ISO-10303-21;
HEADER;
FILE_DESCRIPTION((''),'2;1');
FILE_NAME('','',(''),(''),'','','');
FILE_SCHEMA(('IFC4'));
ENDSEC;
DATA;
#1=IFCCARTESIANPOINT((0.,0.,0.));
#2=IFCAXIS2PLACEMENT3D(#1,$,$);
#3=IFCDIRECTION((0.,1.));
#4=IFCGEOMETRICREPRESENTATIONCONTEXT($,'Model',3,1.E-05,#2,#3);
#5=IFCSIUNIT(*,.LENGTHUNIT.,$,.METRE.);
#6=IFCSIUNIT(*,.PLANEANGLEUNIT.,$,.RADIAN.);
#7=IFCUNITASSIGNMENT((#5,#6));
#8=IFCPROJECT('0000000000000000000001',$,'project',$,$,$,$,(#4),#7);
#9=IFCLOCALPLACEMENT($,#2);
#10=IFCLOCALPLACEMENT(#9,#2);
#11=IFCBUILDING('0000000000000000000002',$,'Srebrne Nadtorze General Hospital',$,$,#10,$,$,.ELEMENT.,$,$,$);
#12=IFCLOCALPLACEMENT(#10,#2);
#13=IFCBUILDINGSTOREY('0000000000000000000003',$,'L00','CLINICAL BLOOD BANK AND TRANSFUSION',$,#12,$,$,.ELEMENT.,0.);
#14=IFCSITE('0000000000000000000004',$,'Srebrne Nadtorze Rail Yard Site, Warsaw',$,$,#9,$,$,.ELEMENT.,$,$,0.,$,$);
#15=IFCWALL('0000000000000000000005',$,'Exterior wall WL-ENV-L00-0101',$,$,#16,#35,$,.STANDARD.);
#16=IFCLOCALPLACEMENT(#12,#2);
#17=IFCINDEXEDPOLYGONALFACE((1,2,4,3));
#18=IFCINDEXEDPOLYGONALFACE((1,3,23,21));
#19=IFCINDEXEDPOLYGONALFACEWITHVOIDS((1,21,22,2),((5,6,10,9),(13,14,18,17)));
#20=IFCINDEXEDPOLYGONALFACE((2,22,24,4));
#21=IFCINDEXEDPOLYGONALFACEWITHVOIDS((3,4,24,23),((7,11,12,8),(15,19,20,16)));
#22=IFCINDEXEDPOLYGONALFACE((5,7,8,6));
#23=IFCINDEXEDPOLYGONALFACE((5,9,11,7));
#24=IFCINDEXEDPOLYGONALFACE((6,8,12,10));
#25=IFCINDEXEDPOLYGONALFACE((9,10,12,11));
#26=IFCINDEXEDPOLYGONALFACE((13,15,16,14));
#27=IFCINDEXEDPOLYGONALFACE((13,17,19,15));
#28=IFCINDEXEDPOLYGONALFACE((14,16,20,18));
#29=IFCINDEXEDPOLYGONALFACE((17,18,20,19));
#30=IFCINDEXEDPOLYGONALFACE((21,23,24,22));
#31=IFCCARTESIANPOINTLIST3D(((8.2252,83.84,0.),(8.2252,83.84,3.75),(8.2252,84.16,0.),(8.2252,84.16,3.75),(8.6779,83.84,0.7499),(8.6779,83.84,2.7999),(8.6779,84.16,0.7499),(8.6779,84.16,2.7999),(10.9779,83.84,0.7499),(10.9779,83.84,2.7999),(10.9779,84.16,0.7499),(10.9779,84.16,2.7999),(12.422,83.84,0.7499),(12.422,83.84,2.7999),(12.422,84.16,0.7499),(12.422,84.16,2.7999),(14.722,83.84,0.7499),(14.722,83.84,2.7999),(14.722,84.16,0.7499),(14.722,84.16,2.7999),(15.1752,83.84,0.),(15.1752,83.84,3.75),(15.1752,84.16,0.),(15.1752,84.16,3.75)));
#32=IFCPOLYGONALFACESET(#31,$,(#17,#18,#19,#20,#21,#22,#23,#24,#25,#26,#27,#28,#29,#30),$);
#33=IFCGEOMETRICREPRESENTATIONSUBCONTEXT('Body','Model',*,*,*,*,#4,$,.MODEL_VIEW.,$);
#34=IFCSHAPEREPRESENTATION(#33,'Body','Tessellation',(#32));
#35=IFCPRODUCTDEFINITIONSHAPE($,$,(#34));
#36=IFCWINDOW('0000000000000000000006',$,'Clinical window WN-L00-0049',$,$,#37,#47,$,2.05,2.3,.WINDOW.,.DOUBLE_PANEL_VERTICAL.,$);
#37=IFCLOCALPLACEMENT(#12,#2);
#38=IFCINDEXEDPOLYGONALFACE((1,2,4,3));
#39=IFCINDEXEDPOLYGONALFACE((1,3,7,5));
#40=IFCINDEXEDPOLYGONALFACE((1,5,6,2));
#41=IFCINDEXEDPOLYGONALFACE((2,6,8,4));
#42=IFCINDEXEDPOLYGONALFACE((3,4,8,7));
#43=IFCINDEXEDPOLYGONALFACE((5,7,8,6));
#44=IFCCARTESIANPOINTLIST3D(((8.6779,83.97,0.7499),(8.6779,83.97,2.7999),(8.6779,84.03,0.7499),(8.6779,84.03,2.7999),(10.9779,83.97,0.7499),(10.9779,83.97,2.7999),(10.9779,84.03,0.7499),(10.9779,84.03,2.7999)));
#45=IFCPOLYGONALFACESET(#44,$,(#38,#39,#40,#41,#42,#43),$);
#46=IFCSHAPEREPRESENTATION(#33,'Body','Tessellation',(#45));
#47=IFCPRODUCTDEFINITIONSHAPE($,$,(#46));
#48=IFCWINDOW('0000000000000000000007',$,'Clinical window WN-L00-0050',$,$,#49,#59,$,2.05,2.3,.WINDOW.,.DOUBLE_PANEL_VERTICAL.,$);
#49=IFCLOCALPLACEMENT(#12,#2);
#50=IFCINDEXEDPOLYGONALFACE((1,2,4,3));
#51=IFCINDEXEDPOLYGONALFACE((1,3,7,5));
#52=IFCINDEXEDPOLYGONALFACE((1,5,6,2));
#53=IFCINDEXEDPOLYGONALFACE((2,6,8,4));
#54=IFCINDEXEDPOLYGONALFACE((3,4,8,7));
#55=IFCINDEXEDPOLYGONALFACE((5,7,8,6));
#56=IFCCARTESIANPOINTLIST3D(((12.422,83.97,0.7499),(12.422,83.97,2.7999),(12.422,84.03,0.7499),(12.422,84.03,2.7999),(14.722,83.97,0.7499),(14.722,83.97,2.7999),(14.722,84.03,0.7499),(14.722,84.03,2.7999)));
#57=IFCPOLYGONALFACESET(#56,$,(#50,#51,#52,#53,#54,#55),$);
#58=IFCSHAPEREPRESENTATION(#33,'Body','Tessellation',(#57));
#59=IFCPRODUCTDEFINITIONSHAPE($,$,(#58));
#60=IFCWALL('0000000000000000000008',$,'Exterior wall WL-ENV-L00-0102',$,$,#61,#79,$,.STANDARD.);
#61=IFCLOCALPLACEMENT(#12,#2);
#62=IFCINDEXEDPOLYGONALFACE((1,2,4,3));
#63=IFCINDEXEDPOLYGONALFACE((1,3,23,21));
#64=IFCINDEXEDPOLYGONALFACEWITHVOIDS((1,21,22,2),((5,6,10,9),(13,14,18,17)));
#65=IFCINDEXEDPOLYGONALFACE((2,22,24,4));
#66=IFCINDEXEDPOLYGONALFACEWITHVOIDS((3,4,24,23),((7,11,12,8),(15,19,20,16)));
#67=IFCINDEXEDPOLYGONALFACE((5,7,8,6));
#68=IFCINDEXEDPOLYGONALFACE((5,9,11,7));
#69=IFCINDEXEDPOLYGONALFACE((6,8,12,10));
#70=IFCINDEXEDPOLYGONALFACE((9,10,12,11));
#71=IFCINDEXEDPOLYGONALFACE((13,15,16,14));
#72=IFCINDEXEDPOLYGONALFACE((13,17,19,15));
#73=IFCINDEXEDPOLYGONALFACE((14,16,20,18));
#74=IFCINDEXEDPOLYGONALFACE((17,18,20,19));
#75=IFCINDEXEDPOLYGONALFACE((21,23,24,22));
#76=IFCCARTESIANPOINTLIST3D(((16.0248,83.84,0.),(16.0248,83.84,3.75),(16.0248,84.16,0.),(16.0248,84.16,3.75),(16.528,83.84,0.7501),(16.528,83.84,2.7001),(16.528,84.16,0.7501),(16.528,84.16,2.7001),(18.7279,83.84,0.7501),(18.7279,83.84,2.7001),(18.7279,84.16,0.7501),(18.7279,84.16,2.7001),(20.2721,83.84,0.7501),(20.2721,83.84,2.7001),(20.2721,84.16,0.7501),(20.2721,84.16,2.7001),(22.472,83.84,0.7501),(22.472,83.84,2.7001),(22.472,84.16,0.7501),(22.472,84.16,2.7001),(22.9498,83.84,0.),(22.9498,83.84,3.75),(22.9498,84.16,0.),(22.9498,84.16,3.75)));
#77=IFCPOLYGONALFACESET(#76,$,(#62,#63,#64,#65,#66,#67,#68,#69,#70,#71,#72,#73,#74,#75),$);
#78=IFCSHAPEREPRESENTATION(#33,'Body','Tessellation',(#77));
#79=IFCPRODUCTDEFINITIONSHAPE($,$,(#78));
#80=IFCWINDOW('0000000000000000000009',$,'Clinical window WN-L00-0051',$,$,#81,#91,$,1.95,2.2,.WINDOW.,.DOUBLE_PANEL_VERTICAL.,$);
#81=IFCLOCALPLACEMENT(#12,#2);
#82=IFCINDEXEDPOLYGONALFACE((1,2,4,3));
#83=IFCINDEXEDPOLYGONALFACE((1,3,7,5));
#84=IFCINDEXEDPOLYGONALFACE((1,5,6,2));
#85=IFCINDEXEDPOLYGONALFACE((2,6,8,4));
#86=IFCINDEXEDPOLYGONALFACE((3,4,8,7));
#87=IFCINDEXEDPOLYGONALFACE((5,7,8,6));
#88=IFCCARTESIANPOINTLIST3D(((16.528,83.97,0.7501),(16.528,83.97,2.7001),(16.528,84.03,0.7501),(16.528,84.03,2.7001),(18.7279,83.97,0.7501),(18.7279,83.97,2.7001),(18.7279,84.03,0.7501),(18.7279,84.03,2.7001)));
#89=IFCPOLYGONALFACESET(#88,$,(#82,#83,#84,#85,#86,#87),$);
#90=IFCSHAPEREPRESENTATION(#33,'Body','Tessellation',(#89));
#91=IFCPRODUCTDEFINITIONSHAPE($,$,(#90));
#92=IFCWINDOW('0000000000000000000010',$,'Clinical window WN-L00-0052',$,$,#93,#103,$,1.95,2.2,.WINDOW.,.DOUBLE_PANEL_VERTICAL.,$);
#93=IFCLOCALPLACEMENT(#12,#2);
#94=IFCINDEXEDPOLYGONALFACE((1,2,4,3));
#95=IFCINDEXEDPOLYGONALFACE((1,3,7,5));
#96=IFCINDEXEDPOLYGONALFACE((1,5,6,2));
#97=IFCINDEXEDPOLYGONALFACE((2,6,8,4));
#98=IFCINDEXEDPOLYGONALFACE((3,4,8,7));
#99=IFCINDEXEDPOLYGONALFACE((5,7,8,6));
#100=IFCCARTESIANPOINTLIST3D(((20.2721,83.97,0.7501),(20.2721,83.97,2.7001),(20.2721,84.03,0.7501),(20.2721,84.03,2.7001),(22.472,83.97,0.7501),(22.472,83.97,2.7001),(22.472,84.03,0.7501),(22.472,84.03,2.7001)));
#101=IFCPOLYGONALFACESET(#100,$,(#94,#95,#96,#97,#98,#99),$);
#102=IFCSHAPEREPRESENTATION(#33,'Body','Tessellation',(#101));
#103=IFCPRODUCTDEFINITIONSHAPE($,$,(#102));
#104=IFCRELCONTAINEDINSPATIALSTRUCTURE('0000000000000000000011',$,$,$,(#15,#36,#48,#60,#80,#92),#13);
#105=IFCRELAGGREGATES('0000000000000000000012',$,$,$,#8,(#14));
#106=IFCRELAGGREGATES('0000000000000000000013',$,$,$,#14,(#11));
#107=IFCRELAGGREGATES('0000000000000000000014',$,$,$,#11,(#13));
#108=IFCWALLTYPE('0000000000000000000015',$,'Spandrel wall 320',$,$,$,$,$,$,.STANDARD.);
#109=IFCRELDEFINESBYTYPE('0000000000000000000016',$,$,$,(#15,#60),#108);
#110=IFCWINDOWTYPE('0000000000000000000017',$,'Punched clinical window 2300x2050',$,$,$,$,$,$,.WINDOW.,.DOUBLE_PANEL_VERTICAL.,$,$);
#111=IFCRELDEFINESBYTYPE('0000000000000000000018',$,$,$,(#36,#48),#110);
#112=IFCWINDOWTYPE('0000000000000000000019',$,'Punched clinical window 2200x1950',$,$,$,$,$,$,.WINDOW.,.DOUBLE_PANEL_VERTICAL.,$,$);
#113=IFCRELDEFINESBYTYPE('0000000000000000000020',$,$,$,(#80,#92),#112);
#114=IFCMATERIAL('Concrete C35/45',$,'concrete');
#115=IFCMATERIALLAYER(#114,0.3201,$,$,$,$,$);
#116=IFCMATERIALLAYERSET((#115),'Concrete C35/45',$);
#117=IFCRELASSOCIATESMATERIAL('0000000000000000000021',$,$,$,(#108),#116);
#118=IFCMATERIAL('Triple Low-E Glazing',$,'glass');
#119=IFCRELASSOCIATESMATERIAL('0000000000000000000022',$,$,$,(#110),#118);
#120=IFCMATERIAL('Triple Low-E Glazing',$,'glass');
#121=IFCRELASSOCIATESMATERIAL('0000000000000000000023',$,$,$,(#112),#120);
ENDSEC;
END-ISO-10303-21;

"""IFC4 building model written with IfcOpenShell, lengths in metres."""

from ifc_helpers import new_model, si_unit, direction, frame, frame_2d, origin, place, context, subcontext, project, spatial, rectangle, extrude, material, layer, layer_set, type_object, element, fill, save


model = new_model("IFC4")

# Units and contexts
model_context = context("Model", 3, precision=1e-05, world=origin(), true_north=direction((0.0, 1.0)))
body_context = subcontext(model_context, "Body", "Model", "MODEL_VIEW")
ifc_project = project(units=[si_unit("LENGTHUNIT", "METRE"), si_unit("PLANEANGLEUNIT", "RADIAN")], contexts=[model_context])

# Site, building, storey
site_placement = place(None, origin())
site = spatial("IfcSite", under=ifc_project, at=site_placement, Name="Srebrne Nadtorze Rail Yard Site, Warsaw", CompositionType="ELEMENT", RefElevation=0.0)
building_placement = place(site_placement, origin())
building = spatial("IfcBuilding", under=site, at=building_placement, Name="Srebrne Nadtorze General Hospital", CompositionType="ELEMENT")
storey_placement = place(building_placement, origin())
storey = spatial("IfcBuildingStorey", under=building, at=storey_placement, Name="L00", Description="CLINICAL BLOOD BANK AND TRANSFUSION", CompositionType="ELEMENT", Elevation=0.0)

# Walls, openings, windows
ifc_material_1 = material(Name="Concrete C35/45", Category="concrete")
ifc_layer_1 = layer(ifc_material_1, 0.3201)
ifc_layer_set_1 = layer_set([ifc_layer_1], Name="Concrete C35/45")
wall_type_1 = type_object("IfcWallType", Name="Spandrel wall 320", PredefinedType="STANDARD", material=ifc_layer_set_1)
wall_1_placement = place(storey_placement, frame((8.2251, 84.0, 0.0), z_axis=(0.0, 0.0, 1.0), x_axis=(1.0, 0.0, 0.0)))
wall_1 = element("IfcWall", 1, at=wall_1_placement, inside=storey, type_object=wall_type_1, Name="Exterior wall WL-ENV-L00-0101", PredefinedType="STANDARD", context=body_context, shape_type="SweptSolid", body=[
    extrude(rectangle(XDim=6.95, YDim=0.3201, at=frame_2d((3.4751, 0.0))), origin(), (0.0, 0.0, 1.0), 3.75),
])
opening_1_placement = place(wall_1_placement, frame((0.4529, 0.0, 0.75)))
opening_1 = element("IfcOpeningElement", 2, at=opening_1_placement, cuts=wall_1, PredefinedType="OPENING", context=body_context, shape_type="SweptSolid", body=[
    extrude(rectangle(XDim=2.3, YDim=2.05, at=frame_2d((1.1499, 1.0249))), frame((0.0, 0.1719, 0.0), z_axis=(0.0, -1.0, 0.0), x_axis=(1.0, 0.0, 0.0)), (0.0, 0.0, 1.0), 0.344),
])
opening_2_placement = place(wall_1_placement, frame((4.197, 0.0, 0.75)))
opening_2 = element("IfcOpeningElement", 3, at=opening_2_placement, cuts=wall_1, PredefinedType="OPENING", context=body_context, shape_type="SweptSolid", body=[
    extrude(rectangle(XDim=2.3, YDim=2.05, at=frame_2d((1.1499, 1.0249))), frame((0.0, 0.1719, 0.0), z_axis=(0.0, -1.0, 0.0), x_axis=(1.0, 0.0, 0.0)), (0.0, 0.0, 1.0), 0.344),
])
ifc_material_2 = material(Name="Triple Low-E Glazing", Category="glass")
window_type_1 = type_object("IfcWindowType", Name="Punched clinical window 2300x2050", PartitioningType="DOUBLE_PANEL_VERTICAL", PredefinedType="WINDOW", material=ifc_material_2)
window_1_placement = place(opening_1_placement, origin())
window_1 = element("IfcWindow", 4, at=window_1_placement, inside=storey, type_object=window_type_1, Name="Clinical window WN-L00-0049", OverallHeight=2.05, OverallWidth=2.3, PartitioningType="DOUBLE_PANEL_VERTICAL", PredefinedType="WINDOW", context=body_context, shape_type="SweptSolid", body=[
    extrude(rectangle(XDim=2.3, YDim=2.05, at=frame_2d((1.1499, 1.0249))), frame((0.0, 0.03, 0.0), z_axis=(0.0, -1.0, 0.0), x_axis=(1.0, 0.0, 0.0)), (0.0, 0.0, 1.0), 0.0601),
])
fill(opening_1, window_1)
window_2_placement = place(opening_2_placement, origin())
window_2 = element("IfcWindow", 5, at=window_2_placement, inside=storey, type_object=window_type_1, Name="Clinical window WN-L00-0050", OverallHeight=2.05, OverallWidth=2.3, PartitioningType="DOUBLE_PANEL_VERTICAL", PredefinedType="WINDOW", context=body_context, shape_type="SweptSolid", body=[
    extrude(rectangle(XDim=2.3, YDim=2.05, at=frame_2d((1.1499, 1.0249))), frame((0.0, 0.03, 0.0), z_axis=(0.0, -1.0, 0.0), x_axis=(1.0, 0.0, 0.0)), (0.0, 0.0, 1.0), 0.0601),
])
fill(opening_2, window_2)
wall_2_placement = place(storey_placement, frame((16.0249, 84.0, 0.0), z_axis=(0.0, 0.0, 1.0), x_axis=(1.0, 0.0, 0.0)))
wall_2 = element("IfcWall", 6, at=wall_2_placement, inside=storey, type_object=wall_type_1, Name="Exterior wall WL-ENV-L00-0102", PredefinedType="STANDARD", context=body_context, shape_type="SweptSolid", body=[
    extrude(rectangle(XDim=6.925, YDim=0.3201, at=frame_2d((3.4624, 0.0))), origin(), (0.0, 0.0, 1.0), 3.75),
])
opening_3_placement = place(wall_2_placement, frame((0.5029, 0.0, 0.75)))
opening_3 = element("IfcOpeningElement", 7, at=opening_3_placement, cuts=wall_2, PredefinedType="OPENING", context=body_context, shape_type="SweptSolid", body=[
    extrude(rectangle(XDim=2.2, YDim=1.95, at=frame_2d((1.1001, 0.9751))), frame((0.0, 0.1719, 0.0), z_axis=(0.0, -1.0, 0.0), x_axis=(1.0, 0.0, 0.0)), (0.0, 0.0, 1.0), 0.344),
])
opening_4_placement = place(wall_2_placement, frame((4.2471, 0.0, 0.75)))
opening_4 = element("IfcOpeningElement", 8, at=opening_4_placement, cuts=wall_2, PredefinedType="OPENING", context=body_context, shape_type="SweptSolid", body=[
    extrude(rectangle(XDim=2.2, YDim=1.95, at=frame_2d((1.1001, 0.9751))), frame((0.0, 0.1719, 0.0), z_axis=(0.0, -1.0, 0.0), x_axis=(1.0, 0.0, 0.0)), (0.0, 0.0, 1.0), 0.344),
])
ifc_material_3 = material(Name="Triple Low-E Glazing", Category="glass")
window_type_2 = type_object("IfcWindowType", Name="Punched clinical window 2200x1950", PartitioningType="DOUBLE_PANEL_VERTICAL", PredefinedType="WINDOW", material=ifc_material_3)
window_3_placement = place(opening_3_placement, origin())
window_3 = element("IfcWindow", 9, at=window_3_placement, inside=storey, type_object=window_type_2, Name="Clinical window WN-L00-0051", OverallHeight=1.95, OverallWidth=2.2, PartitioningType="DOUBLE_PANEL_VERTICAL", PredefinedType="WINDOW", context=body_context, shape_type="SweptSolid", body=[
    extrude(rectangle(XDim=2.2, YDim=1.95, at=frame_2d((1.1001, 0.9751))), frame((0.0, 0.03, 0.0), z_axis=(0.0, -1.0, 0.0), x_axis=(1.0, 0.0, 0.0)), (0.0, 0.0, 1.0), 0.0601),
])
fill(opening_3, window_3)
window_4_placement = place(opening_4_placement, origin())
window_4 = element("IfcWindow", 10, at=window_4_placement, inside=storey, type_object=window_type_2, Name="Clinical window WN-L00-0052", OverallHeight=1.95, OverallWidth=2.2, PartitioningType="DOUBLE_PANEL_VERTICAL", PredefinedType="WINDOW", context=body_context, shape_type="SweptSolid", body=[
    extrude(rectangle(XDim=2.2, YDim=1.95, at=frame_2d((1.1001, 0.9751))), frame((0.0, 0.03, 0.0), z_axis=(0.0, -1.0, 0.0), x_axis=(1.0, 0.0, 0.0)), (0.0, 0.0, 1.0), 0.0601),
])
fill(opening_4, window_4)

save(model, "model.ifc")
